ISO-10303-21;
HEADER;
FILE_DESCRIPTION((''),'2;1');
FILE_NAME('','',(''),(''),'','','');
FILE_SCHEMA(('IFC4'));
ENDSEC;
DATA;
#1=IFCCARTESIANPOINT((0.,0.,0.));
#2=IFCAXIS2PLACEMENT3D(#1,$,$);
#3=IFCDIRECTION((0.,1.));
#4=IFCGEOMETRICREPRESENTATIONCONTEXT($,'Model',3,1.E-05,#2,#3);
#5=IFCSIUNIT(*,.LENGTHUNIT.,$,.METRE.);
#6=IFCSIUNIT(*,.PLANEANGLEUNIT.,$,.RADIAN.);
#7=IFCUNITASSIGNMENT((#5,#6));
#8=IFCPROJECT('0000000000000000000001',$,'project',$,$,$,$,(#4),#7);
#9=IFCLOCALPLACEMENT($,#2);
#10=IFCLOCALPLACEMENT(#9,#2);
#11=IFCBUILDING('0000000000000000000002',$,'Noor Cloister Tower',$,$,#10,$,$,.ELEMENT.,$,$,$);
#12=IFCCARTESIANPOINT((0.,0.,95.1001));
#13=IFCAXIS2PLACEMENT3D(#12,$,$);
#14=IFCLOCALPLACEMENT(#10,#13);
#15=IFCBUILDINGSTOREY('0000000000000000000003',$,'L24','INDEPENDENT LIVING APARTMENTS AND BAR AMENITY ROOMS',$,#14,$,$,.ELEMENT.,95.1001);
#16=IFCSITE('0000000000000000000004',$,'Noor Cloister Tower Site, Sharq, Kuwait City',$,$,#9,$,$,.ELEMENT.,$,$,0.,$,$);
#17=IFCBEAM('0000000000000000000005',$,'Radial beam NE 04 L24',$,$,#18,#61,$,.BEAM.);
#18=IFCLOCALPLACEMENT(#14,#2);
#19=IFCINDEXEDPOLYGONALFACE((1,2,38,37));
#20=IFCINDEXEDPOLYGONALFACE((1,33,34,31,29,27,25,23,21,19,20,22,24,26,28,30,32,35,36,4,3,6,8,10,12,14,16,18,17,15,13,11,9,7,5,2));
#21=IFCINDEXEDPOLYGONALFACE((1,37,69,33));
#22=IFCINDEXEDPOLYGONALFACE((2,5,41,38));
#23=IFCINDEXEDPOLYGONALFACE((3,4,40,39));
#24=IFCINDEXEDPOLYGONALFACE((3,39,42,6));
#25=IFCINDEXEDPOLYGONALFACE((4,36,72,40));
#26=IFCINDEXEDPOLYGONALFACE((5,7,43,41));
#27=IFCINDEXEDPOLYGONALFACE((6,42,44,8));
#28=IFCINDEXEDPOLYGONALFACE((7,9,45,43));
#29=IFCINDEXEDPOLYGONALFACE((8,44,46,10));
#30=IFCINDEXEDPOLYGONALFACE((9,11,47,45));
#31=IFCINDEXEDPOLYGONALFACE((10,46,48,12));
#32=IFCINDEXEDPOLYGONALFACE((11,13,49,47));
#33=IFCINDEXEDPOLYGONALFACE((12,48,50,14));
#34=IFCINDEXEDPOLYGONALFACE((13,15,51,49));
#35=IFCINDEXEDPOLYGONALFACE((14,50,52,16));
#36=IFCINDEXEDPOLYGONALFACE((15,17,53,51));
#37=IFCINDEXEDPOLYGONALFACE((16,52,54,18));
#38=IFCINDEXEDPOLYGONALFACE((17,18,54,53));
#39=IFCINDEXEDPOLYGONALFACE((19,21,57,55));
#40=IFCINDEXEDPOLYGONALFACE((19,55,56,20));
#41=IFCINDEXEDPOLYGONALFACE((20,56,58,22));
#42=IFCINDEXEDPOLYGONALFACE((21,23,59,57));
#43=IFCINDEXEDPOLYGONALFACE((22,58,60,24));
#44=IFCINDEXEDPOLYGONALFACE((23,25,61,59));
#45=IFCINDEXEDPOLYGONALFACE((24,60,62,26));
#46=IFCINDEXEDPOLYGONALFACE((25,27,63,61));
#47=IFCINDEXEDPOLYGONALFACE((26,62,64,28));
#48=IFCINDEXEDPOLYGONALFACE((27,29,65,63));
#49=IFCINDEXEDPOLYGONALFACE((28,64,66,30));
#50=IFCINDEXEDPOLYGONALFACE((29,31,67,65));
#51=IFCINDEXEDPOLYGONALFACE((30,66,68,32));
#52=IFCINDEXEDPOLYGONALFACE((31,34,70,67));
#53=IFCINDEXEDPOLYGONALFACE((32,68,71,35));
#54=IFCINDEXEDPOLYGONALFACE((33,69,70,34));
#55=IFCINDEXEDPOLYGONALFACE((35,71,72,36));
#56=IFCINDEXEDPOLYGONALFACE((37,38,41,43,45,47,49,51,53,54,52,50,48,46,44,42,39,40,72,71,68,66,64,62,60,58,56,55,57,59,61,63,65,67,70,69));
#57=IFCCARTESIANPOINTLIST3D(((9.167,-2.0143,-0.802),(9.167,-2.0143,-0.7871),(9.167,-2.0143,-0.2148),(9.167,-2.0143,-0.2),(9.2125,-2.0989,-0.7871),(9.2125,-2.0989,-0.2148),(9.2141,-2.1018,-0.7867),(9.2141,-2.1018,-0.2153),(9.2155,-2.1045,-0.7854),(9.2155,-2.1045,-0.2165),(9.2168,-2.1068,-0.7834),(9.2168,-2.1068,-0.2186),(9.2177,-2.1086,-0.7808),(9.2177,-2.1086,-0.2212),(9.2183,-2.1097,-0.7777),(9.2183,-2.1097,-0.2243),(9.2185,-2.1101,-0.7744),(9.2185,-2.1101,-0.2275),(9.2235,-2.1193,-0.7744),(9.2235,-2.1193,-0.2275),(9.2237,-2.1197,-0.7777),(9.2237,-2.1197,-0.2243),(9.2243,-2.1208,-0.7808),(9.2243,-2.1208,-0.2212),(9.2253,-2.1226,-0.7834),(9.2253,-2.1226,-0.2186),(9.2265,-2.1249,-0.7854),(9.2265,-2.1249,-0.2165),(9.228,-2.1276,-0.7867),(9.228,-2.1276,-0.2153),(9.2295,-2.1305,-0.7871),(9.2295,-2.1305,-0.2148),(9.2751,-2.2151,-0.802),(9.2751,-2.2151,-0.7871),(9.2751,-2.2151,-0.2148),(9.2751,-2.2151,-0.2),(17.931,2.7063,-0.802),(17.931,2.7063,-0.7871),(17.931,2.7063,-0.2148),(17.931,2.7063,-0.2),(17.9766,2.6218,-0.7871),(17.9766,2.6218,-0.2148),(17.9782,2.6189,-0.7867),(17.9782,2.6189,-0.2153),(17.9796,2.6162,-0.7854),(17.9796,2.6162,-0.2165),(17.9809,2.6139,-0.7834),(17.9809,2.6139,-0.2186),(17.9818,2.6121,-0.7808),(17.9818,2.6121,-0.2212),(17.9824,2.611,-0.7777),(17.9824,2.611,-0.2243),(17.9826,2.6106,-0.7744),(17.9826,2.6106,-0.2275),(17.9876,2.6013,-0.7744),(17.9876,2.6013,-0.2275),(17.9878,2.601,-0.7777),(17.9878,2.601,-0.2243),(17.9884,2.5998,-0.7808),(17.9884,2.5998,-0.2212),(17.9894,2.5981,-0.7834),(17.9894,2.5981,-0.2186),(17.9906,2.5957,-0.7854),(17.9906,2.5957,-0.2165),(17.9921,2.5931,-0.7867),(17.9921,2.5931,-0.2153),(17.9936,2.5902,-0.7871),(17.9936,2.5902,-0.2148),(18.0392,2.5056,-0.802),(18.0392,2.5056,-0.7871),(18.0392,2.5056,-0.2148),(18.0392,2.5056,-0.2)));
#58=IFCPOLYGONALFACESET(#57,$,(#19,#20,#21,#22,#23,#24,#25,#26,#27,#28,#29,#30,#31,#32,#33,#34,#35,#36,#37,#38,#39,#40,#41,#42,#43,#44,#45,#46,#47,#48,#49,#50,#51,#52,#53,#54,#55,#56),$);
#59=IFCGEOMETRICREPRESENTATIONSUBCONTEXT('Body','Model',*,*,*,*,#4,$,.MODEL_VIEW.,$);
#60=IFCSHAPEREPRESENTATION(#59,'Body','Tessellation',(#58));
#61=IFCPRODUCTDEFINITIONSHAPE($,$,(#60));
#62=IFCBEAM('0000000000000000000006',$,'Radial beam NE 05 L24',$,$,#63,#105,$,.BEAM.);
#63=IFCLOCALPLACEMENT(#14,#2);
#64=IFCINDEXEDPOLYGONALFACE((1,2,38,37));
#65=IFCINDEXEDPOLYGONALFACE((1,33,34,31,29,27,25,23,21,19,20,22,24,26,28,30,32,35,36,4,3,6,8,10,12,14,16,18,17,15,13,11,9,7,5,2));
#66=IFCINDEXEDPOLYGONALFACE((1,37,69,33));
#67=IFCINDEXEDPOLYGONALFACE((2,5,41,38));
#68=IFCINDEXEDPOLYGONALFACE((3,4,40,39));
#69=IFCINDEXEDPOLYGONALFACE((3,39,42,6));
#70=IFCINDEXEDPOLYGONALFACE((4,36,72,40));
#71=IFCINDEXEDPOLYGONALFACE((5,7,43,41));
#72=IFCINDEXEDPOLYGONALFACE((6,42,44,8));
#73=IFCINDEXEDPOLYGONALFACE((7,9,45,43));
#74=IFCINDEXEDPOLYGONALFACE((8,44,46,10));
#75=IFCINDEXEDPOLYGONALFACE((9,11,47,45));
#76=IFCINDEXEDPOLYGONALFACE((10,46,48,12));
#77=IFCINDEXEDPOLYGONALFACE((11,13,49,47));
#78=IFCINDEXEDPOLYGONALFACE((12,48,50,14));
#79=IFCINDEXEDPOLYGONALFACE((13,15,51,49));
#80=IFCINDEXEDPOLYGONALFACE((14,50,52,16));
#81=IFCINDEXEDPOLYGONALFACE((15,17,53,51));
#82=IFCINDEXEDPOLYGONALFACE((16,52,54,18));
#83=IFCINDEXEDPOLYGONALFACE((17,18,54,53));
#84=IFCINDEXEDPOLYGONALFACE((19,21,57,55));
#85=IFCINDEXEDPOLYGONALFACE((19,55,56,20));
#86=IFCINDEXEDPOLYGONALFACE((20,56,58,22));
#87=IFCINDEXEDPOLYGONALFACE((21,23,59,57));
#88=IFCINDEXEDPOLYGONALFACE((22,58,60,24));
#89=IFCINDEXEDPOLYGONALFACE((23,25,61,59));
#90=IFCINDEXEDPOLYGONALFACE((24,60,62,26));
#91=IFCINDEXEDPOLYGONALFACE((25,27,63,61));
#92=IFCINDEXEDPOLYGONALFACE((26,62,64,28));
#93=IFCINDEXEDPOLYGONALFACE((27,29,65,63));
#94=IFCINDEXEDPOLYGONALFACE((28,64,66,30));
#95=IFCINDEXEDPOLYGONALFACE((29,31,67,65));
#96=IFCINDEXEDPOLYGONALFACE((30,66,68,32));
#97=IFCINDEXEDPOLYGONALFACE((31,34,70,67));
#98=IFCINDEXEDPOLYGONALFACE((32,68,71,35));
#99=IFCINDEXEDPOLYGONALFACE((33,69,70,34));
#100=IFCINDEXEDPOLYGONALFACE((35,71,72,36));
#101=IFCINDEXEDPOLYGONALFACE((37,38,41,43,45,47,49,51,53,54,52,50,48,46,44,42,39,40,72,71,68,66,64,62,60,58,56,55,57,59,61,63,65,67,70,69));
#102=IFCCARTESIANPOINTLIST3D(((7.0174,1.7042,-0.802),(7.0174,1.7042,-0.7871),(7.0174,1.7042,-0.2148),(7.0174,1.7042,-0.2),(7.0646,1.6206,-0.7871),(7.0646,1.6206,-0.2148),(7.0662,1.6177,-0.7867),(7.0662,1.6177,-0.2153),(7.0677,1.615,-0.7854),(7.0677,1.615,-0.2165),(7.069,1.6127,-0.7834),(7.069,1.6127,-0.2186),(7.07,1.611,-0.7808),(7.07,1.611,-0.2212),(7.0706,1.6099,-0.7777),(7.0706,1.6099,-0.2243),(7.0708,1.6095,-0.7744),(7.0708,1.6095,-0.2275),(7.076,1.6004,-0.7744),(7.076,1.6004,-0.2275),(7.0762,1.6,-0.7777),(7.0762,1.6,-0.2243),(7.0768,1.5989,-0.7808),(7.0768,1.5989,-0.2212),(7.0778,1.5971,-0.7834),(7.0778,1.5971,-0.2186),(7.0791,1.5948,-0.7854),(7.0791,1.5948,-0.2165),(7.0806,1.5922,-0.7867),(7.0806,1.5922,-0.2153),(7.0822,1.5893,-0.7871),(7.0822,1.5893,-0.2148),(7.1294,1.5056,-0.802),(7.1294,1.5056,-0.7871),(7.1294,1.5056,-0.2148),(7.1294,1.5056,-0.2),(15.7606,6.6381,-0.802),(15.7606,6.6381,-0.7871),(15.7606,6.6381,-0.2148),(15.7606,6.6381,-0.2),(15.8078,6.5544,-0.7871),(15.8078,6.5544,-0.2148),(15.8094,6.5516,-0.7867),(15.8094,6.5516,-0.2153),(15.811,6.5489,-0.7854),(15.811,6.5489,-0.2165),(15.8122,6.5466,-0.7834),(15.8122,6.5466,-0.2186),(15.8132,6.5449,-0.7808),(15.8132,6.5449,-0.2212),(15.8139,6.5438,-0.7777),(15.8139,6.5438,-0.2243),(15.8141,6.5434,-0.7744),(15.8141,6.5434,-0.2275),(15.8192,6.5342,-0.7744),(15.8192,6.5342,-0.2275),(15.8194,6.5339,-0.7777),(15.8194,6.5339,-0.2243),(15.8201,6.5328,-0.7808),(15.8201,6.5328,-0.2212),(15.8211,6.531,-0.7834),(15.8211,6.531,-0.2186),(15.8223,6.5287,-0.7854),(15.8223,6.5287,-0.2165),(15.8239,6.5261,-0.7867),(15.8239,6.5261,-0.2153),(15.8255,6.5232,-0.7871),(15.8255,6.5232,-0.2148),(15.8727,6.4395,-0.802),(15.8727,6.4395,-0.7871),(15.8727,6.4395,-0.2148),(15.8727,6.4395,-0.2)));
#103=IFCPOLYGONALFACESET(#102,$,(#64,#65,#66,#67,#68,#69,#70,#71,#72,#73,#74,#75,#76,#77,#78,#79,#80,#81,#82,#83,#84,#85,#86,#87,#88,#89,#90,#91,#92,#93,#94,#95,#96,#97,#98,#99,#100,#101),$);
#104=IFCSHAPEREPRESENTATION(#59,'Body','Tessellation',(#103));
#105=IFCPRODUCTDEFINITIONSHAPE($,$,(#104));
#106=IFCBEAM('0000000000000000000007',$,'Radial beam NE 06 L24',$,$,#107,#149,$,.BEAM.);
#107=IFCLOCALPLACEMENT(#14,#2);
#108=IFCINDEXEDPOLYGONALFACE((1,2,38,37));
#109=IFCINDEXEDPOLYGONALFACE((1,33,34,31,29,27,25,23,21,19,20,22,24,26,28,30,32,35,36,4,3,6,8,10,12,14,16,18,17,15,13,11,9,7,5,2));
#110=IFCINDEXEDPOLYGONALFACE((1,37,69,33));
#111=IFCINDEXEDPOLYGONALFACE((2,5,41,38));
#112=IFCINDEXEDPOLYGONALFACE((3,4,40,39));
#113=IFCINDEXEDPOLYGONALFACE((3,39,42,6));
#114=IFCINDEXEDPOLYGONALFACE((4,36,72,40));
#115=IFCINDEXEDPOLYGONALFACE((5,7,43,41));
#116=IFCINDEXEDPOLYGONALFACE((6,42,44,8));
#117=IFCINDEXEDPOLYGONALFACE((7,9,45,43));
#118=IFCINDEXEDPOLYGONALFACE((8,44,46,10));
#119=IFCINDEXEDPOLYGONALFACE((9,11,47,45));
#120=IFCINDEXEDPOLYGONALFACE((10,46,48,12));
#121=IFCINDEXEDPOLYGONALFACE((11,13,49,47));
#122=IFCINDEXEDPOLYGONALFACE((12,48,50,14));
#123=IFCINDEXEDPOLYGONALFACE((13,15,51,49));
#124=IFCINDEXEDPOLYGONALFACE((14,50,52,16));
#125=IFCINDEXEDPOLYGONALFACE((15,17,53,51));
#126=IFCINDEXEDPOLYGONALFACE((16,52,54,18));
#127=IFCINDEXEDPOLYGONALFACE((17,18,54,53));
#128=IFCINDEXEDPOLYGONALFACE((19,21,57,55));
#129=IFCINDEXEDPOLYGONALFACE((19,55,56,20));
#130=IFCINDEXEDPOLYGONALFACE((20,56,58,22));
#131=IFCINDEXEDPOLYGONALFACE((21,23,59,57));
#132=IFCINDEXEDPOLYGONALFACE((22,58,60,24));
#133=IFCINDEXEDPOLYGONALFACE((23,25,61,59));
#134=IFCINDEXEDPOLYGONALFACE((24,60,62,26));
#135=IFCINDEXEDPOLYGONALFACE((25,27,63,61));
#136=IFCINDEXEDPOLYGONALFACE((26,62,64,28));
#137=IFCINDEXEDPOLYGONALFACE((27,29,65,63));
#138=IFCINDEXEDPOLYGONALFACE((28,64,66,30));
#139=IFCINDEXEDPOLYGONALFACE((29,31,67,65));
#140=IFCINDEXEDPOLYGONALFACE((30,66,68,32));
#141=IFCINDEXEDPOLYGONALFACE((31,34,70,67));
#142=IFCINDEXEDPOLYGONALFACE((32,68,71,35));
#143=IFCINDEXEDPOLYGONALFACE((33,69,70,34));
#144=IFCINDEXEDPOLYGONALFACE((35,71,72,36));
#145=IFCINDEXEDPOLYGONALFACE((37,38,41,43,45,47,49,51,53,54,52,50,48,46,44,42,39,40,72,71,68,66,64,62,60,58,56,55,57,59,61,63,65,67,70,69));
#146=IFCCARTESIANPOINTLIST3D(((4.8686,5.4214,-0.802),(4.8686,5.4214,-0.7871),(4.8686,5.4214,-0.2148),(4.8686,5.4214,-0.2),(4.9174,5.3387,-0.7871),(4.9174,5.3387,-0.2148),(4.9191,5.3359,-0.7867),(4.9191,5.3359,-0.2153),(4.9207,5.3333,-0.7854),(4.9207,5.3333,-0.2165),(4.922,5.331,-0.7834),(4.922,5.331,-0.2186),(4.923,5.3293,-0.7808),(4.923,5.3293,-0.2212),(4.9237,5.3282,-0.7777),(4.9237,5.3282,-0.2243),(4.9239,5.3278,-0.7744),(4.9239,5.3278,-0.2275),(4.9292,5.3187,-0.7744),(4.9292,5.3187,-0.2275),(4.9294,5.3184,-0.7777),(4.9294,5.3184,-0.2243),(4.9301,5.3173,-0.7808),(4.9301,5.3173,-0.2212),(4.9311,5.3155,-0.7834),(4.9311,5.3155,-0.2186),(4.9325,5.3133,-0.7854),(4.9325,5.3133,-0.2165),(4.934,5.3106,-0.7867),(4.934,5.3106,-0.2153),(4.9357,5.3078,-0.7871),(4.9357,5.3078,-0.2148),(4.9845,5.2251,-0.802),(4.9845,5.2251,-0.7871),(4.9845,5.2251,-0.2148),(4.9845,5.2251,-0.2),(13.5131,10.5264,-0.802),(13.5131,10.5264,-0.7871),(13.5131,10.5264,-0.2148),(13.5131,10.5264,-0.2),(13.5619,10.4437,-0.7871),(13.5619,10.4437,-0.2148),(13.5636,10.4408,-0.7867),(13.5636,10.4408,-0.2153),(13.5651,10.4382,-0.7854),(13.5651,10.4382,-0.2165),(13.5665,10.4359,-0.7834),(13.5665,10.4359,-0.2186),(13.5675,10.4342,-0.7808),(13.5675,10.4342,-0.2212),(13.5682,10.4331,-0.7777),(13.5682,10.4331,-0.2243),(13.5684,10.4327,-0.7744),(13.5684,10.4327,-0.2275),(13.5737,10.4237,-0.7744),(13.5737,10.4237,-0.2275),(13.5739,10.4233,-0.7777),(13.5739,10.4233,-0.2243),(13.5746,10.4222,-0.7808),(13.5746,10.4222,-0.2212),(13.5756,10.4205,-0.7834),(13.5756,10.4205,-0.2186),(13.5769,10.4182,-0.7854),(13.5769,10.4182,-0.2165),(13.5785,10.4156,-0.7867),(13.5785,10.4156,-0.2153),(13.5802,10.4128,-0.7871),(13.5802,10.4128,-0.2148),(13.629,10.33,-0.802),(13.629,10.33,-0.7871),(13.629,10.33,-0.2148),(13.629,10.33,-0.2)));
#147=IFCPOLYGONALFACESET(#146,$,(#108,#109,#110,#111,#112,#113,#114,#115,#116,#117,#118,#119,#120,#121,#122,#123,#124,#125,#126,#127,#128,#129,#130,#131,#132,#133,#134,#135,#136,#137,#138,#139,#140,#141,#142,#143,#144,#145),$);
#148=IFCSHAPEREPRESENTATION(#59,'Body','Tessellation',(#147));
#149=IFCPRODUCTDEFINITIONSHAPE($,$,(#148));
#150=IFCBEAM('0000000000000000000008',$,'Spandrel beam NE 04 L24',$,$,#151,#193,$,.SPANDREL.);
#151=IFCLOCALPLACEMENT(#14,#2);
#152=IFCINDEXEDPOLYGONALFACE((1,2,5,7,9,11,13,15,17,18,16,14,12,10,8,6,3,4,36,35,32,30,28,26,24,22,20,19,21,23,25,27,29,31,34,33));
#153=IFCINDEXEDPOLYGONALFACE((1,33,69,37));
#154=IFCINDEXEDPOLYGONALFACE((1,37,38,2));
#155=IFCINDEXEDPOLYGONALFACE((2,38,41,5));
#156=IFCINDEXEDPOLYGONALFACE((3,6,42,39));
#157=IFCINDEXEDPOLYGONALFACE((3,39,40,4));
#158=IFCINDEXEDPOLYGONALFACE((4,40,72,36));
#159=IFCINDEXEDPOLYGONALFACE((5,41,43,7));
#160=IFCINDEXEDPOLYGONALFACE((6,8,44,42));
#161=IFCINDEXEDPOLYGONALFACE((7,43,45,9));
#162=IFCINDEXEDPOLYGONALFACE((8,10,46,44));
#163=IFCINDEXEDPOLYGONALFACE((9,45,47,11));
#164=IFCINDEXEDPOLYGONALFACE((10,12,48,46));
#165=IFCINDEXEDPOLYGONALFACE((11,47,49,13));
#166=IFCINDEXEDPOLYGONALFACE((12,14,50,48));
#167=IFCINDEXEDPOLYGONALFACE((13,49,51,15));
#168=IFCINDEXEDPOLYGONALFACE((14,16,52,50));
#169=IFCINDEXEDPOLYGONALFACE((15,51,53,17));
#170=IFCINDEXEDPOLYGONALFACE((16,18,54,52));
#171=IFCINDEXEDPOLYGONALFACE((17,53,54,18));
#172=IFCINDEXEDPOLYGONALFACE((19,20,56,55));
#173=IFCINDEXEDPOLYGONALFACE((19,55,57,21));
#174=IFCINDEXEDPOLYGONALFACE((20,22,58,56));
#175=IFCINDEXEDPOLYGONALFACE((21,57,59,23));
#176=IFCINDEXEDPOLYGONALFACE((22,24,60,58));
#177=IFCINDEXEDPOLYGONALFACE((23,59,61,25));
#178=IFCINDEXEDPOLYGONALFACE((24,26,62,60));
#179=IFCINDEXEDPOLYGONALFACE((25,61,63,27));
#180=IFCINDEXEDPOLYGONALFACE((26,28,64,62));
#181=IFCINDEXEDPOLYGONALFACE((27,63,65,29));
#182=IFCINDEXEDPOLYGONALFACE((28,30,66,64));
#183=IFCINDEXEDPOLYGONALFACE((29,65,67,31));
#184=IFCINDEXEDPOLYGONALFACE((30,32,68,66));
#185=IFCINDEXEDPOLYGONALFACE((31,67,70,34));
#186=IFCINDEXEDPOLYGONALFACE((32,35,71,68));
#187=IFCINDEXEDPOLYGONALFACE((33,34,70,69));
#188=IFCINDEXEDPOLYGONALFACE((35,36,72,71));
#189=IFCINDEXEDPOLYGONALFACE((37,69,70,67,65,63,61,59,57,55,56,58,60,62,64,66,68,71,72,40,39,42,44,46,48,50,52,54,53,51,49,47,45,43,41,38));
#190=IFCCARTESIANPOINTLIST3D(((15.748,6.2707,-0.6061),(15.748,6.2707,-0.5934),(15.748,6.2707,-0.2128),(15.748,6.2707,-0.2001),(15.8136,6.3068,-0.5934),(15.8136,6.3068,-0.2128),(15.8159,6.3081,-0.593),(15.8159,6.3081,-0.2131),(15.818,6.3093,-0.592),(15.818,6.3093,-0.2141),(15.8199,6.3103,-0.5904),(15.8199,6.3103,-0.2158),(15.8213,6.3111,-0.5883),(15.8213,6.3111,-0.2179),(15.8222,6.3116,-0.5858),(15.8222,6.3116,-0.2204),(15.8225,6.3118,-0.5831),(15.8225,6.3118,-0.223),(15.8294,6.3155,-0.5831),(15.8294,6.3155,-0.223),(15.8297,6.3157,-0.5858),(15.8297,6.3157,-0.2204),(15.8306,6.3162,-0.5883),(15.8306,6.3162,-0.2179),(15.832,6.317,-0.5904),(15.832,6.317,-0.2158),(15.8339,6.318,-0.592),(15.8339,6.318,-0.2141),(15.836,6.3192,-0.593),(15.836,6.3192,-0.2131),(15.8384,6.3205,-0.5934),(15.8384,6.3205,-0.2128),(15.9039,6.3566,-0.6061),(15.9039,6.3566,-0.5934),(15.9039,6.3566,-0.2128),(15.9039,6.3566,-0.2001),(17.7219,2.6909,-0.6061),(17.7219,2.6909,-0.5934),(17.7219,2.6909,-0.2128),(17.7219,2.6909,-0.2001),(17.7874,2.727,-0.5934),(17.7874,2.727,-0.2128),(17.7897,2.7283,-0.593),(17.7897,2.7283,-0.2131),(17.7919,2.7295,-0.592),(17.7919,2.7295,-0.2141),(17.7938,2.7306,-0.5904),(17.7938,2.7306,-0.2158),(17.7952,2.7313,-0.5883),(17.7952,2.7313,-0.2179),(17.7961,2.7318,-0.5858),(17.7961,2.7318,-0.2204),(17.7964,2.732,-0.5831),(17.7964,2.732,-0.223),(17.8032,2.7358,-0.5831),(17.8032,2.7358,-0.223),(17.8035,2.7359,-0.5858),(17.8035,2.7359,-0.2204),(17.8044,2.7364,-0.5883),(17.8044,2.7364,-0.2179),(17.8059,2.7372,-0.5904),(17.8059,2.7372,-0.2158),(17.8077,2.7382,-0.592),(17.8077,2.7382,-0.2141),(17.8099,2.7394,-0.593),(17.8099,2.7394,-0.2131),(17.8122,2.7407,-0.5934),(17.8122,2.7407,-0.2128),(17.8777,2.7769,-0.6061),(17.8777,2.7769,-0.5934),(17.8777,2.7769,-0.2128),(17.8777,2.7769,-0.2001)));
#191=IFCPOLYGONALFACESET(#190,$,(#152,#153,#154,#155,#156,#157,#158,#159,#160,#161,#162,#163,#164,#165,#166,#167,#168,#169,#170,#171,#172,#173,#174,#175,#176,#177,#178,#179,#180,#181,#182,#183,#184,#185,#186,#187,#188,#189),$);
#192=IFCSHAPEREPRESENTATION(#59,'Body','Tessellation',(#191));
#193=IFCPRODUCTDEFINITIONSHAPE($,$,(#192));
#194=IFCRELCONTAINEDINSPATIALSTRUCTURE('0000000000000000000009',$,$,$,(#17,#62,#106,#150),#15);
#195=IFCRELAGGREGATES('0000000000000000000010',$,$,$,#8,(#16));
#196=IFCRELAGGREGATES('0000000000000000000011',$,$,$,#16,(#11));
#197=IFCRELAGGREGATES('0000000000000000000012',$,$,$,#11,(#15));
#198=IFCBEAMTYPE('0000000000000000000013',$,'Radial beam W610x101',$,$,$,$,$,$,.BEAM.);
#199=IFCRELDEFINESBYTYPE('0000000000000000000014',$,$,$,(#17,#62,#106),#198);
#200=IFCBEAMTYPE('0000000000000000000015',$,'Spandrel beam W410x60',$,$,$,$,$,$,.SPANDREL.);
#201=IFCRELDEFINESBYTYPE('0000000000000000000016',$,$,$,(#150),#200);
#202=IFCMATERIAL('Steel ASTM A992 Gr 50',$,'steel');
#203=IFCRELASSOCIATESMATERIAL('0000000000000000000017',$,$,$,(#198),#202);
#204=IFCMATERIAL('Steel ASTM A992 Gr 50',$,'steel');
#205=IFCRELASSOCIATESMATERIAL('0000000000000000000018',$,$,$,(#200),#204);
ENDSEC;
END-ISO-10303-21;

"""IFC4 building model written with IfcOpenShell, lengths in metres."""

from ifc_helpers import new_model, si_unit, direction, frame, origin, origin_2d, place, context, subcontext, project, spatial, i_section, extrude, material, material_profile, profile_set, type_object, element, save


model = new_model("IFC4")

# Units and contexts
model_context = context("Model", 3, precision=1e-05, world=origin(), true_north=direction((0.0, 1.0)))
body_context = subcontext(model_context, "Body", "Model", "MODEL_VIEW")
ifc_project = project(units=[si_unit("LENGTHUNIT", "METRE"), si_unit("PLANEANGLEUNIT", "RADIAN")], contexts=[model_context])

# Site, building, storey
site_placement = place(None, origin())
site = spatial("IfcSite", under=ifc_project, at=site_placement, Name="Noor Cloister Tower Site, Sharq, Kuwait City", CompositionType="ELEMENT", RefElevation=0.0)
building_placement = place(site_placement, origin())
building = spatial("IfcBuilding", under=site, at=building_placement, Name="Noor Cloister Tower", CompositionType="ELEMENT")
storey_placement = place(building_placement, frame((0.0, 0.0, 95.1001)))
storey = spatial("IfcBuildingStorey", under=building, at=storey_placement, Name="L24", Description="INDEPENDENT LIVING APARTMENTS AND BAR AMENITY ROOMS", CompositionType="ELEMENT", Elevation=95.1001)

# Beams
ifc_material_1 = material(Name="Steel ASTM A992 Gr 50", Category="steel")
ifc_material_profile_1 = material_profile(ifc_material_1, i_section(OverallWidth=0.228, OverallDepth=0.6021, WebThickness=0.0105, FlangeThickness=0.0149, FilletRadius=0.0127, at=origin_2d()), Name="W610x101")
ifc_profile_set_1 = profile_set([ifc_material_profile_1], Name="Steel ASTM A992 Gr 50")
beam_type_1 = type_object("IfcBeamType", Name="Radial beam W610x101", PredefinedType="BEAM", material=ifc_profile_set_1)
beam_1_placement = place(storey_placement, frame((17.9851, 2.606, -0.501), z_axis=(-0.880407, -0.47422, 0.0), x_axis=(0.47422, -0.880407, 0.0)))
element("IfcBeam", 1, at=beam_1_placement, inside=storey, type_object=beam_type_1, Name="Radial beam NE 04 L24", PredefinedType="BEAM", context=body_context, shape_type="SweptSolid", body=[
    extrude(i_section(OverallWidth=0.228, OverallDepth=0.6021, WebThickness=0.0105, FlangeThickness=0.0149, FilletRadius=0.0127, at=origin_2d()), origin(), (0.0, 0.0, 1.0), 9.9546),
])
for number, where, z_axis, x_axis, name in (
    (2, (15.8167, 6.5388, -0.501), (-0.870902, -0.491457, 0.0), (0.491457, -0.870902, 0.0), "Radial beam NE 05 L24"),
    (3, (13.571, 10.4282, -0.501), (-0.861064, -0.508497, 0.0), (0.508497, -0.861064, 0.0), "Radial beam NE 06 L24"),
):
    element("IfcBeam", number, at=place(storey_placement, frame(where, z_axis=z_axis, x_axis=x_axis)), inside=storey, type_object=beam_type_1, Name=name, PredefinedType="BEAM", context=body_context, shape_type="SweptSolid", body=[
        extrude(i_section(OverallWidth=0.228, OverallDepth=0.6021, WebThickness=0.0105, FlangeThickness=0.0149, FilletRadius=0.0127, at=origin_2d()), origin(), (0.0, 0.0, 1.0), 10.0393),
    ])
ifc_material_2 = material(Name="Steel ASTM A992 Gr 50", Category="steel")
ifc_material_profile_2 = material_profile(ifc_material_2, i_section(OverallWidth=0.178, OverallDepth=0.406, WebThickness=0.0078, FlangeThickness=0.0127, FilletRadius=0.0103, at=origin_2d()), Name="W410x60")
ifc_profile_set_2 = profile_set([ifc_material_profile_2], Name="Steel ASTM A992 Gr 50")
beam_type_2 = type_object("IfcBeamType", Name="Spandrel beam W410x60", PredefinedType="SPANDREL", material=ifc_profile_set_2)
beam_2_placement = place(storey_placement, frame((17.7998, 2.7339, -0.4031), z_axis=(-0.482852, 0.875702, 0.0), x_axis=(-0.875702, -0.482852, 0.0)))
element("IfcBeam", 4, at=beam_2_placement, inside=storey, type_object=beam_type_2, Name="Spandrel beam NE 04 L24", PredefinedType="SPANDREL", context=body_context, shape_type="SweptSolid", body=[
    extrude(i_section(OverallWidth=0.178, OverallDepth=0.406, WebThickness=0.0078, FlangeThickness=0.0127, FilletRadius=0.0103, at=origin_2d()), origin(), (0.0, 0.0, 1.0), 4.0879),
])

save(model, "model.ifc")
